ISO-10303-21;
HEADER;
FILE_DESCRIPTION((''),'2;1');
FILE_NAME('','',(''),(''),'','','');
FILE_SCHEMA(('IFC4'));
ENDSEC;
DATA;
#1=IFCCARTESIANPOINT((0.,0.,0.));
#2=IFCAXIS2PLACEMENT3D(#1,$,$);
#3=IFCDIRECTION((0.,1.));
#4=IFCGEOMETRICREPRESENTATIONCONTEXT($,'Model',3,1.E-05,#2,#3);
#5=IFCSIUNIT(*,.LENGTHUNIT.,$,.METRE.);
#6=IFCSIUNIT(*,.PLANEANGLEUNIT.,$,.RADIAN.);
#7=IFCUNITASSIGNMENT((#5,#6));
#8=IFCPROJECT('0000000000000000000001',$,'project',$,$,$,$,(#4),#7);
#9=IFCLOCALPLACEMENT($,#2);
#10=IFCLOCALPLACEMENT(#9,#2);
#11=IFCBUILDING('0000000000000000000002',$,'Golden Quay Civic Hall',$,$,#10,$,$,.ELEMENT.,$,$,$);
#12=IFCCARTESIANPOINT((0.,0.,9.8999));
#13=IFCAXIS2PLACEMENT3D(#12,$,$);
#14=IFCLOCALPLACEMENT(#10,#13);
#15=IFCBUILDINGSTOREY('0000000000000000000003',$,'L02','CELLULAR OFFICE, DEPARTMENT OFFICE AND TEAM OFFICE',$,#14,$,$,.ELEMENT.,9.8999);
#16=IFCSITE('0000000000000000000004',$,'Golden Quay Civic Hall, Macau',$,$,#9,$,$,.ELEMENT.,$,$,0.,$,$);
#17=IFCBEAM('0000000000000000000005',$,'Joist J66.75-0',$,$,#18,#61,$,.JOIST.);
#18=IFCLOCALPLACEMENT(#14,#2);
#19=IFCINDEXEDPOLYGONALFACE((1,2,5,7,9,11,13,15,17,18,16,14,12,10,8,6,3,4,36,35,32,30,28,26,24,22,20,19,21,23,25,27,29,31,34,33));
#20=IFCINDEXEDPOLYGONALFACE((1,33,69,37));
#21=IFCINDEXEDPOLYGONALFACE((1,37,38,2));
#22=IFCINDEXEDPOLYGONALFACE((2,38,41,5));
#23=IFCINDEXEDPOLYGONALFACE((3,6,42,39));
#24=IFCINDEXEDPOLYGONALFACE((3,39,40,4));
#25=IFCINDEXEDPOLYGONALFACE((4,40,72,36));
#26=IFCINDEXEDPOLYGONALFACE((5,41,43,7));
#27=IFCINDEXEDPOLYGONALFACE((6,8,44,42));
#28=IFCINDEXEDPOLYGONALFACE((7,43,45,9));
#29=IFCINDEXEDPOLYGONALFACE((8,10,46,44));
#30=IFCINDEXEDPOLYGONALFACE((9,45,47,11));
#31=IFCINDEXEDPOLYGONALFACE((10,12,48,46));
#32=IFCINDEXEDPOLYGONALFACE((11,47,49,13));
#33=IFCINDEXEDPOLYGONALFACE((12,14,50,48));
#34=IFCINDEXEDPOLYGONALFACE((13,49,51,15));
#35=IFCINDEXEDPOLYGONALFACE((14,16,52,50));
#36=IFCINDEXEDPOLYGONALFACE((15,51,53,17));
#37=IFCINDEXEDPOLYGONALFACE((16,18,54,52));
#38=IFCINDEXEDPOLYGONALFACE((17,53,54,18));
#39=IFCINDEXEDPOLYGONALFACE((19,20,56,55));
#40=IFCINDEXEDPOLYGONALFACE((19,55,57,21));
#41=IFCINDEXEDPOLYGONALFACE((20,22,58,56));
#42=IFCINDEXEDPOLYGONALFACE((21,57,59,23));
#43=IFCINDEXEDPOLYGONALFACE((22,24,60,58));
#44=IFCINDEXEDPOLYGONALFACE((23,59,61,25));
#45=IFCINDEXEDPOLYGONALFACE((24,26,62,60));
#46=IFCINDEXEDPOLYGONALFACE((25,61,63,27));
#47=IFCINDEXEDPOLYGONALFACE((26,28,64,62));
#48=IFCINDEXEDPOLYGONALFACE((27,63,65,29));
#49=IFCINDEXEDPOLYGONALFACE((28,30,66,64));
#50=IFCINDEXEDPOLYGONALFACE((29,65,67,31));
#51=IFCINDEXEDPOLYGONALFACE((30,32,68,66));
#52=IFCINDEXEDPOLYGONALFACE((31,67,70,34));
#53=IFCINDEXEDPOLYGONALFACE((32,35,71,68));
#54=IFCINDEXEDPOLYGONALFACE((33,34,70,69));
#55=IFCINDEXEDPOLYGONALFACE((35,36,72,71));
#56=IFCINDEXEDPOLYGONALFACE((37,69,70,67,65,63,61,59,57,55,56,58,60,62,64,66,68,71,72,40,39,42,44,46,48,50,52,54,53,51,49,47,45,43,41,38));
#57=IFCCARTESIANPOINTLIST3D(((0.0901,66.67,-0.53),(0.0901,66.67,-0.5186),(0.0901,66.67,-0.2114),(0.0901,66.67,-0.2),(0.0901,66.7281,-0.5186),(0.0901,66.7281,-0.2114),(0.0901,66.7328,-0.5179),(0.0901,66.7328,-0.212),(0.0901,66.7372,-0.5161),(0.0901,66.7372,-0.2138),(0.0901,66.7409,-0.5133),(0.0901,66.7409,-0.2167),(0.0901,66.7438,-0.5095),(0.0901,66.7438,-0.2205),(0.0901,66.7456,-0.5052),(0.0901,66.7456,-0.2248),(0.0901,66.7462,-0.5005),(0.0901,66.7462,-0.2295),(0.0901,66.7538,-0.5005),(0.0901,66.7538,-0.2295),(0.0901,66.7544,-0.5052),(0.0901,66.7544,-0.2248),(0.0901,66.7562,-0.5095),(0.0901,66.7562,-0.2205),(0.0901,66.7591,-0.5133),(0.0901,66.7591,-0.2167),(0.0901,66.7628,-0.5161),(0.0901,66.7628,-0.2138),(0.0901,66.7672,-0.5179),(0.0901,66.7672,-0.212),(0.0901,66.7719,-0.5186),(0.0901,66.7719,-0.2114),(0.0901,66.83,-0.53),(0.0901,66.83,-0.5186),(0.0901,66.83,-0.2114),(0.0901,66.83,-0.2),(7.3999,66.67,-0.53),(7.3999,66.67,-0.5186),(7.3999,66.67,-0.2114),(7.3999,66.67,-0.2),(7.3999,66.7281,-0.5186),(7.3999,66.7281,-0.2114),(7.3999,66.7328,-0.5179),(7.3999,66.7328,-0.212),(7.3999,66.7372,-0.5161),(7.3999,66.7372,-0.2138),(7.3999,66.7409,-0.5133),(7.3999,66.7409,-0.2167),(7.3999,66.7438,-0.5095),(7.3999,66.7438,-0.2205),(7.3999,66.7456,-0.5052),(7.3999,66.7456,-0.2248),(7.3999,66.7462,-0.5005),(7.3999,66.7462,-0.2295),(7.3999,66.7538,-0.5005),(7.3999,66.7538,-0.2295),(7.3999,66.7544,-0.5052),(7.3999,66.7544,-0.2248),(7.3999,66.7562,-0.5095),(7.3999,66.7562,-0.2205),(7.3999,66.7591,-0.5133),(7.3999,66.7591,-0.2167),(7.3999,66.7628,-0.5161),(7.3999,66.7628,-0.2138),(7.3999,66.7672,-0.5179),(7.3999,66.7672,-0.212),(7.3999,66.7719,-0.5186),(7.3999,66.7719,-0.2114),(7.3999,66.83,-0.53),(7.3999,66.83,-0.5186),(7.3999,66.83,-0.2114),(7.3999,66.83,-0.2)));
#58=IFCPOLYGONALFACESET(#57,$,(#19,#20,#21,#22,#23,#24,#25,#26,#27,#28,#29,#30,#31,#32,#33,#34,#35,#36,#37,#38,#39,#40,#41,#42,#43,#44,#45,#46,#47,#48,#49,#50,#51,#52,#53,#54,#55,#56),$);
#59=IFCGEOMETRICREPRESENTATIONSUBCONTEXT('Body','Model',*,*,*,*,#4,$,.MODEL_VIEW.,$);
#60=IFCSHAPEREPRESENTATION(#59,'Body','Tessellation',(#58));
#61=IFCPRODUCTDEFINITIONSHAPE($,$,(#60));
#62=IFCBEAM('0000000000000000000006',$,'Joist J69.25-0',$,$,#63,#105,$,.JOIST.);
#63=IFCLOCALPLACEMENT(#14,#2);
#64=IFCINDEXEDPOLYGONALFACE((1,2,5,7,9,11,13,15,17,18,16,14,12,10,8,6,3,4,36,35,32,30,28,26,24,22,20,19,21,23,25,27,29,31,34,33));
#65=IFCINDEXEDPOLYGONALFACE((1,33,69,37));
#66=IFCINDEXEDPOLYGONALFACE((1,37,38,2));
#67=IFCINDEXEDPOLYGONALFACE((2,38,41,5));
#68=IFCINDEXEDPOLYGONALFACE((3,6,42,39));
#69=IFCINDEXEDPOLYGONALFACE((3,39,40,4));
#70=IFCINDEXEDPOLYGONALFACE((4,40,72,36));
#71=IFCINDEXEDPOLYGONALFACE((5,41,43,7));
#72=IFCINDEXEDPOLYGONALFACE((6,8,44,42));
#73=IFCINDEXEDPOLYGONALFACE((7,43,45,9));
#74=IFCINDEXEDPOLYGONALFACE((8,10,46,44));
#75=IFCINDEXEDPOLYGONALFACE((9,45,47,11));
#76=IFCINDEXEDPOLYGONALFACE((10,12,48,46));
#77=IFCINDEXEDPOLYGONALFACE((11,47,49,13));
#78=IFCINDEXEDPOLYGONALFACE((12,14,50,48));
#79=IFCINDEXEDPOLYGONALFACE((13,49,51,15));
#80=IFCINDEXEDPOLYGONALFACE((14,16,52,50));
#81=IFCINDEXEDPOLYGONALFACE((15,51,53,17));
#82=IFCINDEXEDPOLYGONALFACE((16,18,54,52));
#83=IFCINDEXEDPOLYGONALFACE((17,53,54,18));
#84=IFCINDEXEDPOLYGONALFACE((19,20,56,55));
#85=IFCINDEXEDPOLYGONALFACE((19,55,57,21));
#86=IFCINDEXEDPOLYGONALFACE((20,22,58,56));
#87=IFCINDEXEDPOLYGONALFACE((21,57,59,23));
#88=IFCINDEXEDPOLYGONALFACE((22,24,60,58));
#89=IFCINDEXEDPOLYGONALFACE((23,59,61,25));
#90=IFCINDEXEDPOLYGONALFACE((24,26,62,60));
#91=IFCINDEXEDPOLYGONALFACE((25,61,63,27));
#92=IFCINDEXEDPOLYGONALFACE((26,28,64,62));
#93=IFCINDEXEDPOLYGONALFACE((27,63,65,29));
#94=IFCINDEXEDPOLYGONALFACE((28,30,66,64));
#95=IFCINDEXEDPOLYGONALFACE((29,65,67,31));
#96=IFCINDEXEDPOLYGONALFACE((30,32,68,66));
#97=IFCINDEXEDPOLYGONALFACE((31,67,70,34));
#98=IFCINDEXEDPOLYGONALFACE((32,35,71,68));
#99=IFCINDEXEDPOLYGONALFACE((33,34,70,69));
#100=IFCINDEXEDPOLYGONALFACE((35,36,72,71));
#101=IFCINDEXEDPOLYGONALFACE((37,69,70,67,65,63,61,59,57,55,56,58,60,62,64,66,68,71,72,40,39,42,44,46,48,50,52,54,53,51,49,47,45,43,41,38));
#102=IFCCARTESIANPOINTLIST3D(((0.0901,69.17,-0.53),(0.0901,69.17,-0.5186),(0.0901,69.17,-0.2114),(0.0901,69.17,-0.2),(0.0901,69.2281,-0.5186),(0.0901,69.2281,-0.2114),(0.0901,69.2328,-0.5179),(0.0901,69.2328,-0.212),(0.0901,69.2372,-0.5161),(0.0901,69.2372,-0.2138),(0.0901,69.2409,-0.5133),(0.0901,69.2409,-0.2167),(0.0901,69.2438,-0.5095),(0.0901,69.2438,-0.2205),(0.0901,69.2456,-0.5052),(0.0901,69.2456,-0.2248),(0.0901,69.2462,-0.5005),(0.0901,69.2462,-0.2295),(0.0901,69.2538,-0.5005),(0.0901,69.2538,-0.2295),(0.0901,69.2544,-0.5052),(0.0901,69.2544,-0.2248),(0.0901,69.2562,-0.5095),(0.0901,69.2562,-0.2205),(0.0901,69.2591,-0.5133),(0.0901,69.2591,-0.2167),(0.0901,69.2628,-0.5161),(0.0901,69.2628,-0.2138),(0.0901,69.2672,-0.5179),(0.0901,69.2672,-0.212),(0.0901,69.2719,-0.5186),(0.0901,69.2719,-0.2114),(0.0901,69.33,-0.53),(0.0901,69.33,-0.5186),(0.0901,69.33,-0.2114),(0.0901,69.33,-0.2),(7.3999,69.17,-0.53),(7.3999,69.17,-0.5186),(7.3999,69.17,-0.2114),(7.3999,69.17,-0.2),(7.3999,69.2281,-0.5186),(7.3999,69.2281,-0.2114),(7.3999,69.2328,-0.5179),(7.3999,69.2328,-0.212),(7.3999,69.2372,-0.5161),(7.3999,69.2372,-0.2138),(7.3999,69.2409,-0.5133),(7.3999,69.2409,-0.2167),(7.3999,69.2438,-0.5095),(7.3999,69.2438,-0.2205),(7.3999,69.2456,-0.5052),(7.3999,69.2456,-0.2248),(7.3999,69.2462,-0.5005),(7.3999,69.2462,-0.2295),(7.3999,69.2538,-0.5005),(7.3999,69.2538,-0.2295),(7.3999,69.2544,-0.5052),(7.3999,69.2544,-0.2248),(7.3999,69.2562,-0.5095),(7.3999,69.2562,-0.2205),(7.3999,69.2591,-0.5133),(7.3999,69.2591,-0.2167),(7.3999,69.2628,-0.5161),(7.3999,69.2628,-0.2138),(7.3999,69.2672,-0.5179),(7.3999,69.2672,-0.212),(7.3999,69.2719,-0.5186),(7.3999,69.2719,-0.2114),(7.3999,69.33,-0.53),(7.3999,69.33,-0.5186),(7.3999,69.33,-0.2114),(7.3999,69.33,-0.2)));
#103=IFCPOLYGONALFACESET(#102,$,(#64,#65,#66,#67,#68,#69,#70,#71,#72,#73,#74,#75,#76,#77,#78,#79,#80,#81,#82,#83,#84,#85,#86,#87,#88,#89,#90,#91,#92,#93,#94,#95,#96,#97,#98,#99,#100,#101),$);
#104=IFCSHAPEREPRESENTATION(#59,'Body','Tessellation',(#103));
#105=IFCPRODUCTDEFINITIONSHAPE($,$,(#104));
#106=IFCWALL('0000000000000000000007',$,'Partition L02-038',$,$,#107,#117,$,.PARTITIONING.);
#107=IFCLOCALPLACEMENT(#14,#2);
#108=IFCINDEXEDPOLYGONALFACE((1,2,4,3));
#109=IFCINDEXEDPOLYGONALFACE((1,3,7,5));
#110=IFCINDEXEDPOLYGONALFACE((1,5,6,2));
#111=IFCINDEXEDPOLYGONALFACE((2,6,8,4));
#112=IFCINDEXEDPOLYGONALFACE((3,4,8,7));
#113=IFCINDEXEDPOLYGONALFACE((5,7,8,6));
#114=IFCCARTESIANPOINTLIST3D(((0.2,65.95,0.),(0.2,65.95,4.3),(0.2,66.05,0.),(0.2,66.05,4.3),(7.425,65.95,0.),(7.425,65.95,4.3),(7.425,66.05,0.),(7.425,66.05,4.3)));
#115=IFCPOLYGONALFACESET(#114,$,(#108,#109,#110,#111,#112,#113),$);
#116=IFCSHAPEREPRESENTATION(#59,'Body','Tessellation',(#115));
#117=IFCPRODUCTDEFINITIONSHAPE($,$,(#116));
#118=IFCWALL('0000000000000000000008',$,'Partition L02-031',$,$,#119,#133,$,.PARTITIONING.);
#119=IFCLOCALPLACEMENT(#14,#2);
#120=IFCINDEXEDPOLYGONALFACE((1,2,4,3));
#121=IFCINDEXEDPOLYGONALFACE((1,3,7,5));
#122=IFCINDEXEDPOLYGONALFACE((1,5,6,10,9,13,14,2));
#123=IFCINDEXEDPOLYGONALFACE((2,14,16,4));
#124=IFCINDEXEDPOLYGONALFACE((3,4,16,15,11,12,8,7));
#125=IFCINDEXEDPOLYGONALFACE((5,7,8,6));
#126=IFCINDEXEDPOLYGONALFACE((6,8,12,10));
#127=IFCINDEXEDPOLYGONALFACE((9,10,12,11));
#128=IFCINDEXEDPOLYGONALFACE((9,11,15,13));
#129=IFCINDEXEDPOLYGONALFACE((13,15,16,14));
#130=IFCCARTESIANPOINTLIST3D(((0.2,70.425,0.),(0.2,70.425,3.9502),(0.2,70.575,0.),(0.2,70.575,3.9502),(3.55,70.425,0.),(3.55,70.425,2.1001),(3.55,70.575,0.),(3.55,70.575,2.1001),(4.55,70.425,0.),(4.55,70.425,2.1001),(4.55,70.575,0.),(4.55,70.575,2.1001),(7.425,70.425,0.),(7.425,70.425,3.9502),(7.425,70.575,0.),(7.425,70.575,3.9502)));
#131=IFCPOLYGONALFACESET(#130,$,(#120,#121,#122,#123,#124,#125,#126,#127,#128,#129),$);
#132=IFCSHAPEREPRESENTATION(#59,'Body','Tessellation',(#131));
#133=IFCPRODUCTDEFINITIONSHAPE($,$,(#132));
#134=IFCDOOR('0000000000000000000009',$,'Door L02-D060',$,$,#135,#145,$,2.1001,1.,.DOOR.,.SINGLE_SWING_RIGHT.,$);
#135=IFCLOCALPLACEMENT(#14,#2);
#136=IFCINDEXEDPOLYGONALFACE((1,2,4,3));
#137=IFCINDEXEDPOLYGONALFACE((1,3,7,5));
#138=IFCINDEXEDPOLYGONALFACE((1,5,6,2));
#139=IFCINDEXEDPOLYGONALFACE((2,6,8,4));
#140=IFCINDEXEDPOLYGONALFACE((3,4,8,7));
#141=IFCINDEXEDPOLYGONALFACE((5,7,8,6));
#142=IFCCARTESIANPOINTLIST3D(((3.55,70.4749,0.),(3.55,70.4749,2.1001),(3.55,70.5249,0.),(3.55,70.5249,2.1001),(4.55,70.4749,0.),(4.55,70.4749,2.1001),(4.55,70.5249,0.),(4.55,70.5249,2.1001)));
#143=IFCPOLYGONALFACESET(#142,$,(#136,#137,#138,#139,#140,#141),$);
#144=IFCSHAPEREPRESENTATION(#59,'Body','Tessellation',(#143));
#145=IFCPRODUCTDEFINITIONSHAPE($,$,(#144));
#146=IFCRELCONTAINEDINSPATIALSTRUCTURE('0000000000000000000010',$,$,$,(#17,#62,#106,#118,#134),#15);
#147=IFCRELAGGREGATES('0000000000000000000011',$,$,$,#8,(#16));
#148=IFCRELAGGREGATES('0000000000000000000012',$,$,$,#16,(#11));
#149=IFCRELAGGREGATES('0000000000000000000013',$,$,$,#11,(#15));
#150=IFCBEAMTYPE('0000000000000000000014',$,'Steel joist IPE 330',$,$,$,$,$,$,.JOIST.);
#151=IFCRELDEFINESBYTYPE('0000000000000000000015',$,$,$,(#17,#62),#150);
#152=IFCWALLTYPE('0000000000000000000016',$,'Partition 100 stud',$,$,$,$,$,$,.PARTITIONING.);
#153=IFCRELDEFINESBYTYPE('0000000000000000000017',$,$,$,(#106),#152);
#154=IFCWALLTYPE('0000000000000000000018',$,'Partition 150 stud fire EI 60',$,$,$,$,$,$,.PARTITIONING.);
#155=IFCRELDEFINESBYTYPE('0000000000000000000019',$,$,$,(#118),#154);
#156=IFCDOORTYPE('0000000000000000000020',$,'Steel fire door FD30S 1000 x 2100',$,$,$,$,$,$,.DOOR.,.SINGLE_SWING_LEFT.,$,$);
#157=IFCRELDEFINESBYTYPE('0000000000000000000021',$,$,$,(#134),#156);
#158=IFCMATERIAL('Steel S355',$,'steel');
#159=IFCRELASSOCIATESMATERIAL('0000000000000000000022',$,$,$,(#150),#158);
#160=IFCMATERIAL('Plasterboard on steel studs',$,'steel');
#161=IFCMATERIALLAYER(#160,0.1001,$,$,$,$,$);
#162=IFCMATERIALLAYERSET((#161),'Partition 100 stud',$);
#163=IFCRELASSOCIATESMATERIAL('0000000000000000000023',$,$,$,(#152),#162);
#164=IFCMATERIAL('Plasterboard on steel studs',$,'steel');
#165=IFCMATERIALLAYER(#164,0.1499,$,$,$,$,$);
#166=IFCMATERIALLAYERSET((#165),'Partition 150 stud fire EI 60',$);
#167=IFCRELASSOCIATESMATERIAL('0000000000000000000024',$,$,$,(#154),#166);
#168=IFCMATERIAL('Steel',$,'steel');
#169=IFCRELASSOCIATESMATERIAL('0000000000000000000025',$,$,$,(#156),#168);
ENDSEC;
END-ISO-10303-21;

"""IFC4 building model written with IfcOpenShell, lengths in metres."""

from ifc_helpers import new_model, si_unit, direction, frame, frame_2d, origin, origin_2d, place, context, subcontext, project, spatial, rectangle, i_section, extrude, material, layer, layer_set, material_profile, profile_set, type_object, element, fill, save


model = new_model("IFC4")

# Units and contexts
model_context = context("Model", 3, precision=1e-05, world=origin(), true_north=direction((0.0, 1.0)))
body_context = subcontext(model_context, "Body", "Model", "MODEL_VIEW")
ifc_project = project(units=[si_unit("LENGTHUNIT", "METRE"), si_unit("PLANEANGLEUNIT", "RADIAN")], contexts=[model_context])

# Site, building, storey
site_placement = place(None, origin())
site = spatial("IfcSite", under=ifc_project, at=site_placement, Name="Golden Quay Civic Hall, Macau", CompositionType="ELEMENT", RefElevation=0.0)
building_placement = place(site_placement, origin())
building = spatial("IfcBuilding", under=site, at=building_placement, Name="Golden Quay Civic Hall", CompositionType="ELEMENT")
storey_placement = place(building_placement, frame((0.0, 0.0, 9.8999)))
storey = spatial("IfcBuildingStorey", under=building, at=storey_placement, Name="L02", Description="CELLULAR OFFICE, DEPARTMENT OFFICE AND TEAM OFFICE", CompositionType="ELEMENT", Elevation=9.8999)

# Beams
ifc_material_1 = material(Name="Steel S355", Category="steel")
ifc_material_profile_1 = material_profile(ifc_material_1, i_section(OverallWidth=0.1599, OverallDepth=0.3301, WebThickness=0.0076, FlangeThickness=0.0115, FilletRadius=0.0181, at=origin_2d()), Name="IPE 330")
ifc_profile_set_1 = profile_set([ifc_material_profile_1], Name="Steel S355")
beam_type_1 = type_object("IfcBeamType", Name="Steel joist IPE 330", PredefinedType="JOIST", material=ifc_profile_set_1)
for number, where, z_axis, x_axis, name in (
    (1, (0.0901, 66.75, -0.365), (1.0, 0.0, 0.0), (0.0, 1.0, 0.0), "Joist J66.75-0"),
    (2, (0.0901, 69.25, -0.365), (1.0, 0.0, 0.0), (0.0, 1.0, 0.0), "Joist J69.25-0"),
):
    element("IfcBeam", number, at=place(storey_placement, frame(where, z_axis=z_axis, x_axis=x_axis)), inside=storey, type_object=beam_type_1, Name=name, PredefinedType="JOIST", context=body_context, shape_type="SweptSolid", body=[
        extrude(i_section(OverallWidth=0.1599, OverallDepth=0.3301, WebThickness=0.0076, FlangeThickness=0.0115, FilletRadius=0.0181, at=origin_2d()), origin(), (0.0, 0.0, 1.0), 7.3098),
    ])

# Wall
ifc_material_2 = material(Name="Plasterboard on steel studs", Category="steel")
ifc_layer_1 = layer(ifc_material_2, 0.1001)
ifc_layer_set_1 = layer_set([ifc_layer_1], Name="Partition 100 stud")
wall_type_1 = type_object("IfcWallType", Name="Partition 100 stud", PredefinedType="PARTITIONING", material=ifc_layer_set_1)
wall_1_placement = place(storey_placement, frame((0.2, 66.0, 0.0), z_axis=(0.0, 0.0, 1.0), x_axis=(1.0, 0.0, 0.0)))
element("IfcWall", 3, at=wall_1_placement, inside=storey, type_object=wall_type_1, Name="Partition L02-038", PredefinedType="PARTITIONING", context=body_context, shape_type="SweptSolid", body=[
    extrude(rectangle(XDim=7.2251, YDim=0.1001, at=frame_2d((3.6125, 0.0))), origin(), (0.0, 0.0, 1.0), 4.3),
])

# Wall, opening, door
ifc_material_3 = material(Name="Plasterboard on steel studs", Category="steel")
ifc_layer_2 = layer(ifc_material_3, 0.1499)
ifc_layer_set_2 = layer_set([ifc_layer_2], Name="Partition 150 stud fire EI 60")
wall_type_2 = type_object("IfcWallType", Name="Partition 150 stud fire EI 60", PredefinedType="PARTITIONING", material=ifc_layer_set_2)
wall_2_placement = place(storey_placement, frame((0.2, 70.5, 0.0), z_axis=(0.0, 0.0, 1.0), x_axis=(1.0, 0.0, 0.0)))
wall_2 = element("IfcWall", 4, at=wall_2_placement, inside=storey, type_object=wall_type_2, Name="Partition L02-031", PredefinedType="PARTITIONING", context=body_context, shape_type="SweptSolid", body=[
    extrude(rectangle(XDim=7.2251, YDim=0.1499, at=frame_2d((3.6125, 0.0))), origin(), (0.0, 0.0, 1.0), 3.9502),
])
opening_1_placement = place(wall_2_placement, frame((3.3501, 0.0, 0.0)))
opening_1 = element("IfcOpeningElement", 5, at=opening_1_placement, cuts=wall_2, PredefinedType="OPENING", context=body_context, shape_type="SweptSolid", body=[
    extrude(rectangle(XDim=1.0, YDim=2.1001, at=frame_2d((0.5, 1.05))), frame((0.0, 0.085, 0.0), z_axis=(0.0, -1.0, 0.0), x_axis=(1.0, 0.0, 0.0)), (0.0, 0.0, 1.0), 0.1699),
])
ifc_material_4 = material(Name="Steel", Category="steel")
door_type = type_object("IfcDoorType", Name="Steel fire door FD30S 1000 x 2100", OperationType="SINGLE_SWING_LEFT", PredefinedType="DOOR", material=ifc_material_4)
door_placement = place(opening_1_placement, frame((1.0, 0.0, 0.0), z_axis=(0.0, 0.0, 1.0), x_axis=(-1.0, 0.0, 0.0)))
door = element("IfcDoor", 6, at=door_placement, inside=storey, type_object=door_type, Name="Door L02-D060", OperationType="SINGLE_SWING_RIGHT", OverallHeight=2.1001, OverallWidth=1.0, PredefinedType="DOOR", context=body_context, shape_type="SweptSolid", body=[
    extrude(rectangle(XDim=1.0, YDim=2.1001, at=frame_2d((0.5, 1.05))), frame((0.0, 0.0251, 0.0), z_axis=(0.0, -1.0, 0.0), x_axis=(1.0, 0.0, 0.0)), (0.0, 0.0, 1.0), 0.05),
])
fill(opening_1, door)

save(model, "model.ifc")
